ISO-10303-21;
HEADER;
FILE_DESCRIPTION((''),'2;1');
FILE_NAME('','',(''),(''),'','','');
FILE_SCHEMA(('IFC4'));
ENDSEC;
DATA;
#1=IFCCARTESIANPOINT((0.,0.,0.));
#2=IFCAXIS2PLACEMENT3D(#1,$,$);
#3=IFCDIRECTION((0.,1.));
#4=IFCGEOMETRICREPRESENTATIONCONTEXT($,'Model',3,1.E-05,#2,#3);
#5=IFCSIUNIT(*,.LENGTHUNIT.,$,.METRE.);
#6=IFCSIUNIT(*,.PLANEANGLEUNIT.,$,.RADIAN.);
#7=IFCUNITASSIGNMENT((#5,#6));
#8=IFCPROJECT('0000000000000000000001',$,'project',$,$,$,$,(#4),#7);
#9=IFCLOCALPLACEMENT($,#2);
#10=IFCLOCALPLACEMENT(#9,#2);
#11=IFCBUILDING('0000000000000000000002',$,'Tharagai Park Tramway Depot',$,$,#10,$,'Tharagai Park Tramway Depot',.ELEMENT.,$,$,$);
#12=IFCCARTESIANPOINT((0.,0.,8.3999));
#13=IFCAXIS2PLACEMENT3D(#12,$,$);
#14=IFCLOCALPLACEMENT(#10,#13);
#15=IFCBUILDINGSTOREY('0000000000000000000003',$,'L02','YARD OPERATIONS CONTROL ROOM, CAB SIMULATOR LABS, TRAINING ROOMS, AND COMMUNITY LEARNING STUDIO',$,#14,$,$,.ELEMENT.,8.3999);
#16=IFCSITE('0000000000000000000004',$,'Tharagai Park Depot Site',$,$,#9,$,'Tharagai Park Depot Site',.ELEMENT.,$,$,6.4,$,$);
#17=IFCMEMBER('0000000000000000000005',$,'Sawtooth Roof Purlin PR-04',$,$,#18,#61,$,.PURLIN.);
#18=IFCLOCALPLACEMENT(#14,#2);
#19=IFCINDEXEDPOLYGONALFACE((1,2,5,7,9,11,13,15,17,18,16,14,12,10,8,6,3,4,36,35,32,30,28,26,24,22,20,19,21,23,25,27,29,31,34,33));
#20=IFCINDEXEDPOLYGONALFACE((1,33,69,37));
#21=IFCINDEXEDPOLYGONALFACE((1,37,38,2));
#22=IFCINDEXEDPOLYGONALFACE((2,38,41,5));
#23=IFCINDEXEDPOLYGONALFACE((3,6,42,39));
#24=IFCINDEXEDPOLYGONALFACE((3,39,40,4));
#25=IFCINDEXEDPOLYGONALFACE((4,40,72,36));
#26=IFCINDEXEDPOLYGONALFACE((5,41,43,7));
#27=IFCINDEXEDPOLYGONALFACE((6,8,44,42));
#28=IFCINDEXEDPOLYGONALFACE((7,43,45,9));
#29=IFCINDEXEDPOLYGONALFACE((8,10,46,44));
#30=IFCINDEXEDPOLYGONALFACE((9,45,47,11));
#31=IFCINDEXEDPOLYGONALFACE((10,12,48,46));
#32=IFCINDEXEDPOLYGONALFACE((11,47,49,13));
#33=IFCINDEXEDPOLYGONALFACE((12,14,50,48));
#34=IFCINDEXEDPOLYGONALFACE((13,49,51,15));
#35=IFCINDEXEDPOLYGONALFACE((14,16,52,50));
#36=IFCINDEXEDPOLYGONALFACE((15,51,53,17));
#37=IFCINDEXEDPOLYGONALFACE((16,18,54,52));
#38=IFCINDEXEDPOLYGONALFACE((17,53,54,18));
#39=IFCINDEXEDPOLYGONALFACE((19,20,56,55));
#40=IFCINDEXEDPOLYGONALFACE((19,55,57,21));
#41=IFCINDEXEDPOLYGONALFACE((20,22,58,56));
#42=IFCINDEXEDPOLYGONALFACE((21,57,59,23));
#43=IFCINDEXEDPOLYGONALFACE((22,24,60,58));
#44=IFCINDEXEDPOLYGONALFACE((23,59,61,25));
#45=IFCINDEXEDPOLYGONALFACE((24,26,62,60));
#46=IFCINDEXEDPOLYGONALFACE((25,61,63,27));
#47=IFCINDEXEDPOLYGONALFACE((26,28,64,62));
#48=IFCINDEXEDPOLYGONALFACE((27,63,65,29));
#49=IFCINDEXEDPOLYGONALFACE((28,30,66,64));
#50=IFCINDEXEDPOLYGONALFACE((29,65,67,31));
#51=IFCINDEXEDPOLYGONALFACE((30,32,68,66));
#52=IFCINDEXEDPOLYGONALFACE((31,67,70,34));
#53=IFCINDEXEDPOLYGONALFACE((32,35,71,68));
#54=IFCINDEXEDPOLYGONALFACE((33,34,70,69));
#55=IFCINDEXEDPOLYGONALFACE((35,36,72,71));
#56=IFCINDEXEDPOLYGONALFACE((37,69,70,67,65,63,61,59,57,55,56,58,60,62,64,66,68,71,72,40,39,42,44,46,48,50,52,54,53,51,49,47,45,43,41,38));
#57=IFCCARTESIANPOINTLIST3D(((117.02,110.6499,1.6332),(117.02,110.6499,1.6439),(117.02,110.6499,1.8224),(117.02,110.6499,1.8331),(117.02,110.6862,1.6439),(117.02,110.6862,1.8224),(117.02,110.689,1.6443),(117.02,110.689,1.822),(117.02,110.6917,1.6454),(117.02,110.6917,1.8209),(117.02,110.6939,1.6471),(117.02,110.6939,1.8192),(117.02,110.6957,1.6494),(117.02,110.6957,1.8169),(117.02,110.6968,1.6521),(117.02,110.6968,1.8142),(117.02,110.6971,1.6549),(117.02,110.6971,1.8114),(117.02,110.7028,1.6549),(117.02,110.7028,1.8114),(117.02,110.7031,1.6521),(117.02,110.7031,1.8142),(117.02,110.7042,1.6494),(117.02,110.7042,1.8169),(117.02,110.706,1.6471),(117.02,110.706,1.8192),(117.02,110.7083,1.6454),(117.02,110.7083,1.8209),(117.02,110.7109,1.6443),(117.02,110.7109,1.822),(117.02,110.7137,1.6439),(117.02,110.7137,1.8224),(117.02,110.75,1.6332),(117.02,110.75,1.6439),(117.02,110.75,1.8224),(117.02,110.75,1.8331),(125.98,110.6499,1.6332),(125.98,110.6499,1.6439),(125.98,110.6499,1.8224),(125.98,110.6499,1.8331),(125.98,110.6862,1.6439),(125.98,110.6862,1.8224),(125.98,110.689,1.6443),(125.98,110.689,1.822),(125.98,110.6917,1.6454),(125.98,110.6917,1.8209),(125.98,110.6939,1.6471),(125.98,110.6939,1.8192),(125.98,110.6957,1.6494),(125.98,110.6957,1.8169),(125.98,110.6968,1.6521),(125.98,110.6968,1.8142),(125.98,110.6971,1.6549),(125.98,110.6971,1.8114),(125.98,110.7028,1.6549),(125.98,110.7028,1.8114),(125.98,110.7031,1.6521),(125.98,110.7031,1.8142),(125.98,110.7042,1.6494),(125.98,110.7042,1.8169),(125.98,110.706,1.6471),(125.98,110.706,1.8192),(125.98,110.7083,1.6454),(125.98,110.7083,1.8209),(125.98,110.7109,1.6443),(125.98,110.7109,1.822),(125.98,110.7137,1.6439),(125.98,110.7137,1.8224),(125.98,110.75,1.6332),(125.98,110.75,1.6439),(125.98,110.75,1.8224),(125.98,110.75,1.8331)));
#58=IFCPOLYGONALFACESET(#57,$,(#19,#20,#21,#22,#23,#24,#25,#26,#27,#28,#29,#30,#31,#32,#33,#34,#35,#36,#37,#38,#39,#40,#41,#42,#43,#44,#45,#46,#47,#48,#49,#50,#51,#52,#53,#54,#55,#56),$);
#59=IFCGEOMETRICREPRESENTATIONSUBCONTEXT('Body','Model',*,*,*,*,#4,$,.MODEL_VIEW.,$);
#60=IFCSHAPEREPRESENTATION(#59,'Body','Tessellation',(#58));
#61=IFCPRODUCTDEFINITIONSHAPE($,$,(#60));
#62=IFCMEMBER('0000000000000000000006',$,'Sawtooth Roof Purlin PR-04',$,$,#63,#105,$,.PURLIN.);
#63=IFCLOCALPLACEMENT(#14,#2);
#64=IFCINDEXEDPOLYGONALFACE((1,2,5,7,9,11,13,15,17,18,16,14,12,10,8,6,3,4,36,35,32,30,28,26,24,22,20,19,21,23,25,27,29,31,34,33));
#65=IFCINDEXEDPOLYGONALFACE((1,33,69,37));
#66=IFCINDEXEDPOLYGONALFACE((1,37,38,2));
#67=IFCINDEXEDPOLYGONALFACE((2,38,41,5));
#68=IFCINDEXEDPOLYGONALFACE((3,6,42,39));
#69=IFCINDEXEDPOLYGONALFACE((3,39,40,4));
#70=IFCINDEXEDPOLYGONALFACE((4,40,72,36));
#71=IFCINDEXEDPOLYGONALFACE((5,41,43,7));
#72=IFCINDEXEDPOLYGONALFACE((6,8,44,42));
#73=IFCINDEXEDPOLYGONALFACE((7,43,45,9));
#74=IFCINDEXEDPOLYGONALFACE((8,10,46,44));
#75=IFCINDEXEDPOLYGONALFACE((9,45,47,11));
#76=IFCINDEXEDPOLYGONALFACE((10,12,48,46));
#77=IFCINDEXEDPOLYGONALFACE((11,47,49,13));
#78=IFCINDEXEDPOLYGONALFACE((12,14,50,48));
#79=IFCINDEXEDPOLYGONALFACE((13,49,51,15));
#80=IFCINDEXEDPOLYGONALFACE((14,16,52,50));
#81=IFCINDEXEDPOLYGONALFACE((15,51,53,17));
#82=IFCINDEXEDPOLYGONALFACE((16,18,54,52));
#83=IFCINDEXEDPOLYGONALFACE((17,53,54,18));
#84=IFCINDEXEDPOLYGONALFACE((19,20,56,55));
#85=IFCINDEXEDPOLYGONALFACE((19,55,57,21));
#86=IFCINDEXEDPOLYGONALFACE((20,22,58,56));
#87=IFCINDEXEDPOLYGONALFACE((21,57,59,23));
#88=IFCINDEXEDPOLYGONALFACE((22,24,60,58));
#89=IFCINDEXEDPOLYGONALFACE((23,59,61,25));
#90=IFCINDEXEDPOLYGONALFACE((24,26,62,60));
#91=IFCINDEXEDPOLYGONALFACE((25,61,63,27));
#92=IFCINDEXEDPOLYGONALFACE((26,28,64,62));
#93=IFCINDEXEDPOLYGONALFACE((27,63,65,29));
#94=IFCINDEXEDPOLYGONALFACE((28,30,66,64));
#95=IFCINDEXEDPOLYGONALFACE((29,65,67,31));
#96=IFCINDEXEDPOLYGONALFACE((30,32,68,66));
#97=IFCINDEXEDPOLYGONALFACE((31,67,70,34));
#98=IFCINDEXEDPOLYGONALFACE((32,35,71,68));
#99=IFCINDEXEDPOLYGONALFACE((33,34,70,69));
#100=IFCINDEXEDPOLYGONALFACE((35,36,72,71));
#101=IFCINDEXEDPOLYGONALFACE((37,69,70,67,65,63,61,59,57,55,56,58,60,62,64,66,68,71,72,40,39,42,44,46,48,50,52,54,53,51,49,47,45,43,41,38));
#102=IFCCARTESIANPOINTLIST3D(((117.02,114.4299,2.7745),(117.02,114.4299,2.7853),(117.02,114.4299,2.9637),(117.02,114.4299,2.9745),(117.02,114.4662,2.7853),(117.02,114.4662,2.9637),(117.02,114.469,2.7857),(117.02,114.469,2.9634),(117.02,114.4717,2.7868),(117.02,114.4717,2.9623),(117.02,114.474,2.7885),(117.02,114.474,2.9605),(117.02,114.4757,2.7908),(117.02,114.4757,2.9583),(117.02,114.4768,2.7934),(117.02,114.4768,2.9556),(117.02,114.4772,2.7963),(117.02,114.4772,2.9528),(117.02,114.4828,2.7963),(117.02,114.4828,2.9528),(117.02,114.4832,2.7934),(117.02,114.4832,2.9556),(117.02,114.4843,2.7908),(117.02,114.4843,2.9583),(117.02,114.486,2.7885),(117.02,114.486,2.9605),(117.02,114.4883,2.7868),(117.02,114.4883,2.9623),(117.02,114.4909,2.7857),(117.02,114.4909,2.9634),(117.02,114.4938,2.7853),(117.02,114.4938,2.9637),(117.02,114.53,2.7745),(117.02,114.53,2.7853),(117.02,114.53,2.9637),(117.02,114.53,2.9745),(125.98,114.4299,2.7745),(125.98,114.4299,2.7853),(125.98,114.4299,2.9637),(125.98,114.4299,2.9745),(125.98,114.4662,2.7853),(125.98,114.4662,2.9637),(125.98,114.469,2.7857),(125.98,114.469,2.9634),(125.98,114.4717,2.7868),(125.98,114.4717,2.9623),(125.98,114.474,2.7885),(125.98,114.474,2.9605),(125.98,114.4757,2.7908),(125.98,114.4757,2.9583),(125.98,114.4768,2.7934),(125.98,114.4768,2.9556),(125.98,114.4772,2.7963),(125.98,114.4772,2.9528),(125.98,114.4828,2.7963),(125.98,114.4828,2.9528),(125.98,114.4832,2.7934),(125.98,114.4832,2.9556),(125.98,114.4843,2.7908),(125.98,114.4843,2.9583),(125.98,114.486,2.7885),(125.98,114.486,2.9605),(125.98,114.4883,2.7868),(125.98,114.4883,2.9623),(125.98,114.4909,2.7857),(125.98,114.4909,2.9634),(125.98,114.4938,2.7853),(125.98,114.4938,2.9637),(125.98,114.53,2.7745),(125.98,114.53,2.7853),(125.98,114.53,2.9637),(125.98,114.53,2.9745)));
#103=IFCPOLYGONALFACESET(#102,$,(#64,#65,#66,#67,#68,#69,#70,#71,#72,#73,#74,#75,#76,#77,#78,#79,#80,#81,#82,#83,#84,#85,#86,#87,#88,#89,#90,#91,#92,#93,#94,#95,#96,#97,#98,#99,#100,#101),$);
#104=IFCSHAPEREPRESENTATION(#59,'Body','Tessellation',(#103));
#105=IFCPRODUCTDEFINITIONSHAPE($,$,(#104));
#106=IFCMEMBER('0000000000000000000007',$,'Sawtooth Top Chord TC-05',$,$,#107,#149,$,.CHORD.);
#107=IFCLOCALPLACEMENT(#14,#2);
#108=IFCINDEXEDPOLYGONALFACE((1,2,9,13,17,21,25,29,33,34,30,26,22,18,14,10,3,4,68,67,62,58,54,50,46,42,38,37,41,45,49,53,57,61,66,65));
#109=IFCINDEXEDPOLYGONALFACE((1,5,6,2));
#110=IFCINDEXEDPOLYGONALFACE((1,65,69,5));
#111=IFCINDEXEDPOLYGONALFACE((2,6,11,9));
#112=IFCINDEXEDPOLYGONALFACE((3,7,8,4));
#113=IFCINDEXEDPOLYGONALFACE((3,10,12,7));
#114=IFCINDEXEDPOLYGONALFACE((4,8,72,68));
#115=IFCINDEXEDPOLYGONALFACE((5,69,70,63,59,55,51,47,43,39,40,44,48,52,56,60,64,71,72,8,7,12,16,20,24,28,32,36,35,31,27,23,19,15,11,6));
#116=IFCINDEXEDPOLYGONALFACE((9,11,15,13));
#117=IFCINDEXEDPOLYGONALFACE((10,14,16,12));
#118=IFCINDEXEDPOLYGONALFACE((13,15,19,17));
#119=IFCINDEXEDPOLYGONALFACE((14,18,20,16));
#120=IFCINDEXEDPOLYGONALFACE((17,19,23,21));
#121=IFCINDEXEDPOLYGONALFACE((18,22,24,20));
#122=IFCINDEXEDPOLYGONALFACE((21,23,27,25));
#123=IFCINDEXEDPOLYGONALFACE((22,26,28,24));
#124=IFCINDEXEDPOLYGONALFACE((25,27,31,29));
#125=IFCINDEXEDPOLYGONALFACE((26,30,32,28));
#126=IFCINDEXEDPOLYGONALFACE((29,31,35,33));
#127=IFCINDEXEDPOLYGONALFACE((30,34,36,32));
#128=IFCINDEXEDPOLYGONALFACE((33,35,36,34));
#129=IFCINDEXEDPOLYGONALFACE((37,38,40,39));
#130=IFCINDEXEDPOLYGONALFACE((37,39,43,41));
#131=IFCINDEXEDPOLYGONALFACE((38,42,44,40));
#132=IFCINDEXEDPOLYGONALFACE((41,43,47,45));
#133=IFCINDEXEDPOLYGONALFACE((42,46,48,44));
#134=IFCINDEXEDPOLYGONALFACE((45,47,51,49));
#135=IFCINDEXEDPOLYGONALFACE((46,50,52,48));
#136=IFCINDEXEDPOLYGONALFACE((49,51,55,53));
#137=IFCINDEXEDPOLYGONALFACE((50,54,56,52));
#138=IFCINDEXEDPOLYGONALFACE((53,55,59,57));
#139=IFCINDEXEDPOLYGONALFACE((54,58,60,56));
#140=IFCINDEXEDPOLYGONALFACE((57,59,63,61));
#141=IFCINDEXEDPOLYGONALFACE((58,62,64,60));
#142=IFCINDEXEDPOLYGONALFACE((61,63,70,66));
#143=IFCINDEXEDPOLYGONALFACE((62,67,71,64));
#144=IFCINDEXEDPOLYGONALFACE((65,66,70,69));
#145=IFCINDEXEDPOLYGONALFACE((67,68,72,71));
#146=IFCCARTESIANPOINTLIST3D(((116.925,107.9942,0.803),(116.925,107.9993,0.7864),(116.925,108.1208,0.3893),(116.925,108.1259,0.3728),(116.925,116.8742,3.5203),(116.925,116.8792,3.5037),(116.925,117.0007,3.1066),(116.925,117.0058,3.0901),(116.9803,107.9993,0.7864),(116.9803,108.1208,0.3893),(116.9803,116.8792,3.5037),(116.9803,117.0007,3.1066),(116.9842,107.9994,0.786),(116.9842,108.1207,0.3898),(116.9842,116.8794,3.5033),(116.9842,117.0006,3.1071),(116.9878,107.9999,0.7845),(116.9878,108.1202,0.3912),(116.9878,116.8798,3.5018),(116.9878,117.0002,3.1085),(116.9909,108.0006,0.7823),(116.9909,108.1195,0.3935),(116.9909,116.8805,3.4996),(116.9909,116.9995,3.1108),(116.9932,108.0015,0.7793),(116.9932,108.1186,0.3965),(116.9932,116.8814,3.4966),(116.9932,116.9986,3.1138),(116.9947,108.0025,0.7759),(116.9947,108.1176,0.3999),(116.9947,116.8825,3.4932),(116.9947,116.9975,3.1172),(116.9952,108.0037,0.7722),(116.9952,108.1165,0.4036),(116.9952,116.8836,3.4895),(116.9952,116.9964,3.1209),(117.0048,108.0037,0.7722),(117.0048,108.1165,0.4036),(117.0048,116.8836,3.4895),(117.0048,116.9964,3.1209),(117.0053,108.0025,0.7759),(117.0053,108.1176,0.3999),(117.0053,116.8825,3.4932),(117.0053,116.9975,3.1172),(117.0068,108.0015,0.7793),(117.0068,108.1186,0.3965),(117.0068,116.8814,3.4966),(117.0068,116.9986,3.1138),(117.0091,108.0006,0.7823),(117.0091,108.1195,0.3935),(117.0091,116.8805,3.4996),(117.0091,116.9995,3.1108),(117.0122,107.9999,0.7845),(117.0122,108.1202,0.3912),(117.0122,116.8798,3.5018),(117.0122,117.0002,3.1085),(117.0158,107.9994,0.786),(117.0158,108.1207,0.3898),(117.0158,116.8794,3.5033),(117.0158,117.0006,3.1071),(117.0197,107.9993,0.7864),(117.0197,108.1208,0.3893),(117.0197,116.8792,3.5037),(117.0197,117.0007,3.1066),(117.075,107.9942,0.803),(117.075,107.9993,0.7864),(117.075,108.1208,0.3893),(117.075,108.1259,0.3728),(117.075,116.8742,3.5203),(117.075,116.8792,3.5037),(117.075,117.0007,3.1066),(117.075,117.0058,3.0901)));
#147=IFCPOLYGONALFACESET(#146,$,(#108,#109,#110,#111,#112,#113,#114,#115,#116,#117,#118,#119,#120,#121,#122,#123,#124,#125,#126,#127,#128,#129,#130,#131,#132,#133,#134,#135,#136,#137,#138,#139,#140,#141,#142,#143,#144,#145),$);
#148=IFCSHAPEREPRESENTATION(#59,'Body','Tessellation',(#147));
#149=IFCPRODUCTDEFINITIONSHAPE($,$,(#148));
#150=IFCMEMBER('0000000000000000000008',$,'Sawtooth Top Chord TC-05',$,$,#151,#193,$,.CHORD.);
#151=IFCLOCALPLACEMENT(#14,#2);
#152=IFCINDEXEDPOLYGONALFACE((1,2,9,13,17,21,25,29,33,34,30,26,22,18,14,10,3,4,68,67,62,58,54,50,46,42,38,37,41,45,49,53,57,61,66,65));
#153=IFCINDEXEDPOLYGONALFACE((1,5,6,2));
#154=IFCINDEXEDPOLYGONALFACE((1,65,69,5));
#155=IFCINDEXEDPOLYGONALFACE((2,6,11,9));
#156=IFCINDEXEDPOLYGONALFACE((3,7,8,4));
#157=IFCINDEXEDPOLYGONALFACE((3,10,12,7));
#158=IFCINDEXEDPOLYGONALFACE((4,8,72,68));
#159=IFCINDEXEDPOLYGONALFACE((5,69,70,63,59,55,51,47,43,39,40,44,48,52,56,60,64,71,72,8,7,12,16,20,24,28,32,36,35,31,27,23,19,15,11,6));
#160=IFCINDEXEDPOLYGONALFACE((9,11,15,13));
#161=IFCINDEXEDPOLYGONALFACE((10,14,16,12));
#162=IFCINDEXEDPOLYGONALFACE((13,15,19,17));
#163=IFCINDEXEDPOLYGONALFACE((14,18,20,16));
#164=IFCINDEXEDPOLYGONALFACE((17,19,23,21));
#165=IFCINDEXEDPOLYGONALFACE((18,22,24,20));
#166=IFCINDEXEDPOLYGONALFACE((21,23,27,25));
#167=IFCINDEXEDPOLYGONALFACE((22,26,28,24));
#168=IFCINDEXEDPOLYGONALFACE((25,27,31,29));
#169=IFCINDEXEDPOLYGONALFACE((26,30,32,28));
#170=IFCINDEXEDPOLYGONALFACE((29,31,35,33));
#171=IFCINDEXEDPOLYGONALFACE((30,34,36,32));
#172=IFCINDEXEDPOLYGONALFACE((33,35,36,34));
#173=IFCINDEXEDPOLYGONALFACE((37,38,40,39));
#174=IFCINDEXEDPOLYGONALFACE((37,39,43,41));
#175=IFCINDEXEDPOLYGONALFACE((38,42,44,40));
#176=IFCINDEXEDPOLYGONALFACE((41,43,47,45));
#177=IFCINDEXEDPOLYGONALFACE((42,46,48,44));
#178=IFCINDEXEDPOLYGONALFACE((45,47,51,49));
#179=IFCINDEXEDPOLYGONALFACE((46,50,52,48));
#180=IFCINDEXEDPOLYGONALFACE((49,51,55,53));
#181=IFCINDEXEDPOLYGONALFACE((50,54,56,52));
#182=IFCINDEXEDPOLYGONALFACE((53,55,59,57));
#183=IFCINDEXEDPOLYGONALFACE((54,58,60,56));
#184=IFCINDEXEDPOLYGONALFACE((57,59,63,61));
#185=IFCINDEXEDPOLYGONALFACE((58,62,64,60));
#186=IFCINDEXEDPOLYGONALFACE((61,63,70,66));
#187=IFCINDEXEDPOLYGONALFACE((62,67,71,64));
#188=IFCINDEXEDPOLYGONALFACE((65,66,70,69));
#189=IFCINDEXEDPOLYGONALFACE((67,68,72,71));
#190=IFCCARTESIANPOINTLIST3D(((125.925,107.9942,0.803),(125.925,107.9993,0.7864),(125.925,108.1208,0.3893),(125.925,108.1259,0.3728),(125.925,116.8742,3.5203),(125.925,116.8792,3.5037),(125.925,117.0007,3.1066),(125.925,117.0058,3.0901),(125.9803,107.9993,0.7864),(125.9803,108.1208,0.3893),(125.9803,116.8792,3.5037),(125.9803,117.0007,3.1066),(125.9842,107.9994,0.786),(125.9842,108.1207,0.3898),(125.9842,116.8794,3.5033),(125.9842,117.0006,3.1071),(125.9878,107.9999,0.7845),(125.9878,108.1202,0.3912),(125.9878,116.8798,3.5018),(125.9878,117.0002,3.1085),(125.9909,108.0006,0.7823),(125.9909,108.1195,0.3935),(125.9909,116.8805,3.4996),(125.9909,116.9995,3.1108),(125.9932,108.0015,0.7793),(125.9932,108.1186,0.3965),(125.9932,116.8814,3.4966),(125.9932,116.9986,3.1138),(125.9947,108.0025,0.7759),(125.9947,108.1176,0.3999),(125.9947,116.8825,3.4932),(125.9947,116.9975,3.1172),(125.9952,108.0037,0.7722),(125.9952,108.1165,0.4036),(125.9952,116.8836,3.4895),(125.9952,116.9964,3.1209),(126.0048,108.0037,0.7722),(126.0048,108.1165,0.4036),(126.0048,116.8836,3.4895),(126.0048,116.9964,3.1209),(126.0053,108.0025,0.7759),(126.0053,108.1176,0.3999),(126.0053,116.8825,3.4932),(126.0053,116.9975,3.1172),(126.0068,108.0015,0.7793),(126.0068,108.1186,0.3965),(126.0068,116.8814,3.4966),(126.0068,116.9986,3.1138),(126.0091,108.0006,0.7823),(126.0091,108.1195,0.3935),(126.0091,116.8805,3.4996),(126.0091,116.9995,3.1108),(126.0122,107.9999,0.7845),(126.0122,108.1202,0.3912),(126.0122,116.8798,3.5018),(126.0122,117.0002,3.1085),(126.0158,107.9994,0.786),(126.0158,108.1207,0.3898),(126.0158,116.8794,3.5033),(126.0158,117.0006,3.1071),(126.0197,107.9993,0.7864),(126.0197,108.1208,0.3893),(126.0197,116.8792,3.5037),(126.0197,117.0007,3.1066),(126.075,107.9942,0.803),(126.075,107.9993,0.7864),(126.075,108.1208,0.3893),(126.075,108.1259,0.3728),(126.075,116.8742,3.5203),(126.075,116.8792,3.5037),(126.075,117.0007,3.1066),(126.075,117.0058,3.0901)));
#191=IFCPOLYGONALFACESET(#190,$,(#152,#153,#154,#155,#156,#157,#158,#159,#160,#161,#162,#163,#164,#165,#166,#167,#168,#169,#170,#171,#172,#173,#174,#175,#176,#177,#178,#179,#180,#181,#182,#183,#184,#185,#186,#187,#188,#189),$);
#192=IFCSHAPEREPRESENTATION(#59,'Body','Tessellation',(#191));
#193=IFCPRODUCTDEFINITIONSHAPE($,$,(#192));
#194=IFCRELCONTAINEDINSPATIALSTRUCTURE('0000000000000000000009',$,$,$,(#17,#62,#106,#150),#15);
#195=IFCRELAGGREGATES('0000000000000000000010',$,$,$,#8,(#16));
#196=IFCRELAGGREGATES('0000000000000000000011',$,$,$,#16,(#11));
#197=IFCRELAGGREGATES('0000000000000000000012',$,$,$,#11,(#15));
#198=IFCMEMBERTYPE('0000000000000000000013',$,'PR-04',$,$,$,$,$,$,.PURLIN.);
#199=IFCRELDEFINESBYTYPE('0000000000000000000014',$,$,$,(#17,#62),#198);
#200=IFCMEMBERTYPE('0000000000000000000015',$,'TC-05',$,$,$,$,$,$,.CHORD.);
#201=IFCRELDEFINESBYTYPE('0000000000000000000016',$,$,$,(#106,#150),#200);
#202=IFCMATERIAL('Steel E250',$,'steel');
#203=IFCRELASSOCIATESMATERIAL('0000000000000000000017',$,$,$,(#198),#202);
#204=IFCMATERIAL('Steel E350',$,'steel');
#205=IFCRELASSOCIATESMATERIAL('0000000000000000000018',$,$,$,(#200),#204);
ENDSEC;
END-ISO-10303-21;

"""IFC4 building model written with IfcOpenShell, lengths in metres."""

from ifc_helpers import new_model, si_unit, direction, frame, origin, origin_2d, place, context, subcontext, project, spatial, i_section, extrude, material, material_profile, profile_set, type_object, element, save


model = new_model("IFC4")

# Units and contexts
model_context = context("Model", 3, precision=1e-05, world=origin(), true_north=direction((0.0, 1.0)))
body_context = subcontext(model_context, "Body", "Model", "MODEL_VIEW")
ifc_project = project(units=[si_unit("LENGTHUNIT", "METRE"), si_unit("PLANEANGLEUNIT", "RADIAN")], contexts=[model_context])

# Site, building, storey
site_placement = place(None, origin())
site = spatial("IfcSite", under=ifc_project, at=site_placement, Name="Tharagai Park Depot Site", LongName="Tharagai Park Depot Site", CompositionType="ELEMENT", RefElevation=6.4)
building_placement = place(site_placement, origin())
building = spatial("IfcBuilding", under=site, at=building_placement, Name="Tharagai Park Tramway Depot", LongName="Tharagai Park Tramway Depot", CompositionType="ELEMENT")
storey_placement = place(building_placement, frame((0.0, 0.0, 8.3999)))
storey = spatial("IfcBuildingStorey", under=building, at=storey_placement, Name="L02", Description="YARD OPERATIONS CONTROL ROOM, CAB SIMULATOR LABS, TRAINING ROOMS, AND COMMUNITY LEARNING STUDIO", CompositionType="ELEMENT", Elevation=8.3999)

# Shared definitions
ifc_material_1 = material(Name="Steel E350", Category="steel")
ifc_material_2 = material(Name="Steel E250", Category="steel")

# Members
ifc_material_profile_1 = material_profile(ifc_material_2, i_section(OverallWidth=0.1001, OverallDepth=0.2, WebThickness=0.0056, FlangeThickness=0.0107, FilletRadius=0.011, at=origin_2d()), Name="ISMB 200")
ifc_profile_set_1 = profile_set([ifc_material_profile_1], Name="Steel E250")
member_type_1 = type_object("IfcMemberType", Name="PR-04", PredefinedType="PURLIN", material=ifc_profile_set_1)
for number, where, z_axis, x_axis, name in (
    (1, (117.02, 110.7, 1.7332), (1.0, 0.0, 0.0), (0.0, 1.0, 0.0), "Sawtooth Roof Purlin PR-04"),
    (2, (117.02, 114.48, 2.8745), (1.0, 0.0, 0.0), (0.0, 1.0, 0.0), "Sawtooth Roof Purlin PR-04"),
):
    element("IfcMember", number, at=place(storey_placement, frame(where, z_axis=z_axis, x_axis=x_axis)), inside=storey, type_object=member_type_1, Name=name, PredefinedType="PURLIN", context=body_context, shape_type="SweptSolid", body=[
        extrude(i_section(OverallWidth=0.1001, OverallDepth=0.2, WebThickness=0.0056, FlangeThickness=0.0107, FilletRadius=0.011, at=origin_2d()), origin(), (0.0, 0.0, 1.0), 8.96),
    ])
ifc_material_profile_2 = material_profile(ifc_material_1, i_section(OverallWidth=0.1499, OverallDepth=0.45, WebThickness=0.0095, FlangeThickness=0.0173, FilletRadius=0.0149, at=origin_2d()), Name="ISMB 450")
ifc_profile_set_2 = profile_set([ifc_material_profile_2], Name="Steel E350")
member_type_2 = type_object("IfcMemberType", Name="TC-05", PredefinedType="CHORD", material=ifc_profile_set_2)
for number, where, z_axis, x_axis, name in (
    (3, (117.0, 108.0601, 0.5879), (0.0, 0.956231, 0.292611), (-1.0, 0.0, 0.0), "Sawtooth Top Chord TC-05"),
    (4, (126.0, 108.0601, 0.5879), (0.0, 0.956231, 0.292611), (-1.0, 0.0, 0.0), "Sawtooth Top Chord TC-05"),
):
    element("IfcMember", number, at=place(storey_placement, frame(where, z_axis=z_axis, x_axis=x_axis)), inside=storey, type_object=member_type_2, Name=name, PredefinedType="CHORD", context=body_context, shape_type="SweptSolid", body=[
        extrude(i_section(OverallWidth=0.1499, OverallDepth=0.45, WebThickness=0.0095, FlangeThickness=0.0173, FilletRadius=0.0149, at=origin_2d()), origin(), (0.0, 0.0, 1.0), 9.2864),
    ])

save(model, "model.ifc")
